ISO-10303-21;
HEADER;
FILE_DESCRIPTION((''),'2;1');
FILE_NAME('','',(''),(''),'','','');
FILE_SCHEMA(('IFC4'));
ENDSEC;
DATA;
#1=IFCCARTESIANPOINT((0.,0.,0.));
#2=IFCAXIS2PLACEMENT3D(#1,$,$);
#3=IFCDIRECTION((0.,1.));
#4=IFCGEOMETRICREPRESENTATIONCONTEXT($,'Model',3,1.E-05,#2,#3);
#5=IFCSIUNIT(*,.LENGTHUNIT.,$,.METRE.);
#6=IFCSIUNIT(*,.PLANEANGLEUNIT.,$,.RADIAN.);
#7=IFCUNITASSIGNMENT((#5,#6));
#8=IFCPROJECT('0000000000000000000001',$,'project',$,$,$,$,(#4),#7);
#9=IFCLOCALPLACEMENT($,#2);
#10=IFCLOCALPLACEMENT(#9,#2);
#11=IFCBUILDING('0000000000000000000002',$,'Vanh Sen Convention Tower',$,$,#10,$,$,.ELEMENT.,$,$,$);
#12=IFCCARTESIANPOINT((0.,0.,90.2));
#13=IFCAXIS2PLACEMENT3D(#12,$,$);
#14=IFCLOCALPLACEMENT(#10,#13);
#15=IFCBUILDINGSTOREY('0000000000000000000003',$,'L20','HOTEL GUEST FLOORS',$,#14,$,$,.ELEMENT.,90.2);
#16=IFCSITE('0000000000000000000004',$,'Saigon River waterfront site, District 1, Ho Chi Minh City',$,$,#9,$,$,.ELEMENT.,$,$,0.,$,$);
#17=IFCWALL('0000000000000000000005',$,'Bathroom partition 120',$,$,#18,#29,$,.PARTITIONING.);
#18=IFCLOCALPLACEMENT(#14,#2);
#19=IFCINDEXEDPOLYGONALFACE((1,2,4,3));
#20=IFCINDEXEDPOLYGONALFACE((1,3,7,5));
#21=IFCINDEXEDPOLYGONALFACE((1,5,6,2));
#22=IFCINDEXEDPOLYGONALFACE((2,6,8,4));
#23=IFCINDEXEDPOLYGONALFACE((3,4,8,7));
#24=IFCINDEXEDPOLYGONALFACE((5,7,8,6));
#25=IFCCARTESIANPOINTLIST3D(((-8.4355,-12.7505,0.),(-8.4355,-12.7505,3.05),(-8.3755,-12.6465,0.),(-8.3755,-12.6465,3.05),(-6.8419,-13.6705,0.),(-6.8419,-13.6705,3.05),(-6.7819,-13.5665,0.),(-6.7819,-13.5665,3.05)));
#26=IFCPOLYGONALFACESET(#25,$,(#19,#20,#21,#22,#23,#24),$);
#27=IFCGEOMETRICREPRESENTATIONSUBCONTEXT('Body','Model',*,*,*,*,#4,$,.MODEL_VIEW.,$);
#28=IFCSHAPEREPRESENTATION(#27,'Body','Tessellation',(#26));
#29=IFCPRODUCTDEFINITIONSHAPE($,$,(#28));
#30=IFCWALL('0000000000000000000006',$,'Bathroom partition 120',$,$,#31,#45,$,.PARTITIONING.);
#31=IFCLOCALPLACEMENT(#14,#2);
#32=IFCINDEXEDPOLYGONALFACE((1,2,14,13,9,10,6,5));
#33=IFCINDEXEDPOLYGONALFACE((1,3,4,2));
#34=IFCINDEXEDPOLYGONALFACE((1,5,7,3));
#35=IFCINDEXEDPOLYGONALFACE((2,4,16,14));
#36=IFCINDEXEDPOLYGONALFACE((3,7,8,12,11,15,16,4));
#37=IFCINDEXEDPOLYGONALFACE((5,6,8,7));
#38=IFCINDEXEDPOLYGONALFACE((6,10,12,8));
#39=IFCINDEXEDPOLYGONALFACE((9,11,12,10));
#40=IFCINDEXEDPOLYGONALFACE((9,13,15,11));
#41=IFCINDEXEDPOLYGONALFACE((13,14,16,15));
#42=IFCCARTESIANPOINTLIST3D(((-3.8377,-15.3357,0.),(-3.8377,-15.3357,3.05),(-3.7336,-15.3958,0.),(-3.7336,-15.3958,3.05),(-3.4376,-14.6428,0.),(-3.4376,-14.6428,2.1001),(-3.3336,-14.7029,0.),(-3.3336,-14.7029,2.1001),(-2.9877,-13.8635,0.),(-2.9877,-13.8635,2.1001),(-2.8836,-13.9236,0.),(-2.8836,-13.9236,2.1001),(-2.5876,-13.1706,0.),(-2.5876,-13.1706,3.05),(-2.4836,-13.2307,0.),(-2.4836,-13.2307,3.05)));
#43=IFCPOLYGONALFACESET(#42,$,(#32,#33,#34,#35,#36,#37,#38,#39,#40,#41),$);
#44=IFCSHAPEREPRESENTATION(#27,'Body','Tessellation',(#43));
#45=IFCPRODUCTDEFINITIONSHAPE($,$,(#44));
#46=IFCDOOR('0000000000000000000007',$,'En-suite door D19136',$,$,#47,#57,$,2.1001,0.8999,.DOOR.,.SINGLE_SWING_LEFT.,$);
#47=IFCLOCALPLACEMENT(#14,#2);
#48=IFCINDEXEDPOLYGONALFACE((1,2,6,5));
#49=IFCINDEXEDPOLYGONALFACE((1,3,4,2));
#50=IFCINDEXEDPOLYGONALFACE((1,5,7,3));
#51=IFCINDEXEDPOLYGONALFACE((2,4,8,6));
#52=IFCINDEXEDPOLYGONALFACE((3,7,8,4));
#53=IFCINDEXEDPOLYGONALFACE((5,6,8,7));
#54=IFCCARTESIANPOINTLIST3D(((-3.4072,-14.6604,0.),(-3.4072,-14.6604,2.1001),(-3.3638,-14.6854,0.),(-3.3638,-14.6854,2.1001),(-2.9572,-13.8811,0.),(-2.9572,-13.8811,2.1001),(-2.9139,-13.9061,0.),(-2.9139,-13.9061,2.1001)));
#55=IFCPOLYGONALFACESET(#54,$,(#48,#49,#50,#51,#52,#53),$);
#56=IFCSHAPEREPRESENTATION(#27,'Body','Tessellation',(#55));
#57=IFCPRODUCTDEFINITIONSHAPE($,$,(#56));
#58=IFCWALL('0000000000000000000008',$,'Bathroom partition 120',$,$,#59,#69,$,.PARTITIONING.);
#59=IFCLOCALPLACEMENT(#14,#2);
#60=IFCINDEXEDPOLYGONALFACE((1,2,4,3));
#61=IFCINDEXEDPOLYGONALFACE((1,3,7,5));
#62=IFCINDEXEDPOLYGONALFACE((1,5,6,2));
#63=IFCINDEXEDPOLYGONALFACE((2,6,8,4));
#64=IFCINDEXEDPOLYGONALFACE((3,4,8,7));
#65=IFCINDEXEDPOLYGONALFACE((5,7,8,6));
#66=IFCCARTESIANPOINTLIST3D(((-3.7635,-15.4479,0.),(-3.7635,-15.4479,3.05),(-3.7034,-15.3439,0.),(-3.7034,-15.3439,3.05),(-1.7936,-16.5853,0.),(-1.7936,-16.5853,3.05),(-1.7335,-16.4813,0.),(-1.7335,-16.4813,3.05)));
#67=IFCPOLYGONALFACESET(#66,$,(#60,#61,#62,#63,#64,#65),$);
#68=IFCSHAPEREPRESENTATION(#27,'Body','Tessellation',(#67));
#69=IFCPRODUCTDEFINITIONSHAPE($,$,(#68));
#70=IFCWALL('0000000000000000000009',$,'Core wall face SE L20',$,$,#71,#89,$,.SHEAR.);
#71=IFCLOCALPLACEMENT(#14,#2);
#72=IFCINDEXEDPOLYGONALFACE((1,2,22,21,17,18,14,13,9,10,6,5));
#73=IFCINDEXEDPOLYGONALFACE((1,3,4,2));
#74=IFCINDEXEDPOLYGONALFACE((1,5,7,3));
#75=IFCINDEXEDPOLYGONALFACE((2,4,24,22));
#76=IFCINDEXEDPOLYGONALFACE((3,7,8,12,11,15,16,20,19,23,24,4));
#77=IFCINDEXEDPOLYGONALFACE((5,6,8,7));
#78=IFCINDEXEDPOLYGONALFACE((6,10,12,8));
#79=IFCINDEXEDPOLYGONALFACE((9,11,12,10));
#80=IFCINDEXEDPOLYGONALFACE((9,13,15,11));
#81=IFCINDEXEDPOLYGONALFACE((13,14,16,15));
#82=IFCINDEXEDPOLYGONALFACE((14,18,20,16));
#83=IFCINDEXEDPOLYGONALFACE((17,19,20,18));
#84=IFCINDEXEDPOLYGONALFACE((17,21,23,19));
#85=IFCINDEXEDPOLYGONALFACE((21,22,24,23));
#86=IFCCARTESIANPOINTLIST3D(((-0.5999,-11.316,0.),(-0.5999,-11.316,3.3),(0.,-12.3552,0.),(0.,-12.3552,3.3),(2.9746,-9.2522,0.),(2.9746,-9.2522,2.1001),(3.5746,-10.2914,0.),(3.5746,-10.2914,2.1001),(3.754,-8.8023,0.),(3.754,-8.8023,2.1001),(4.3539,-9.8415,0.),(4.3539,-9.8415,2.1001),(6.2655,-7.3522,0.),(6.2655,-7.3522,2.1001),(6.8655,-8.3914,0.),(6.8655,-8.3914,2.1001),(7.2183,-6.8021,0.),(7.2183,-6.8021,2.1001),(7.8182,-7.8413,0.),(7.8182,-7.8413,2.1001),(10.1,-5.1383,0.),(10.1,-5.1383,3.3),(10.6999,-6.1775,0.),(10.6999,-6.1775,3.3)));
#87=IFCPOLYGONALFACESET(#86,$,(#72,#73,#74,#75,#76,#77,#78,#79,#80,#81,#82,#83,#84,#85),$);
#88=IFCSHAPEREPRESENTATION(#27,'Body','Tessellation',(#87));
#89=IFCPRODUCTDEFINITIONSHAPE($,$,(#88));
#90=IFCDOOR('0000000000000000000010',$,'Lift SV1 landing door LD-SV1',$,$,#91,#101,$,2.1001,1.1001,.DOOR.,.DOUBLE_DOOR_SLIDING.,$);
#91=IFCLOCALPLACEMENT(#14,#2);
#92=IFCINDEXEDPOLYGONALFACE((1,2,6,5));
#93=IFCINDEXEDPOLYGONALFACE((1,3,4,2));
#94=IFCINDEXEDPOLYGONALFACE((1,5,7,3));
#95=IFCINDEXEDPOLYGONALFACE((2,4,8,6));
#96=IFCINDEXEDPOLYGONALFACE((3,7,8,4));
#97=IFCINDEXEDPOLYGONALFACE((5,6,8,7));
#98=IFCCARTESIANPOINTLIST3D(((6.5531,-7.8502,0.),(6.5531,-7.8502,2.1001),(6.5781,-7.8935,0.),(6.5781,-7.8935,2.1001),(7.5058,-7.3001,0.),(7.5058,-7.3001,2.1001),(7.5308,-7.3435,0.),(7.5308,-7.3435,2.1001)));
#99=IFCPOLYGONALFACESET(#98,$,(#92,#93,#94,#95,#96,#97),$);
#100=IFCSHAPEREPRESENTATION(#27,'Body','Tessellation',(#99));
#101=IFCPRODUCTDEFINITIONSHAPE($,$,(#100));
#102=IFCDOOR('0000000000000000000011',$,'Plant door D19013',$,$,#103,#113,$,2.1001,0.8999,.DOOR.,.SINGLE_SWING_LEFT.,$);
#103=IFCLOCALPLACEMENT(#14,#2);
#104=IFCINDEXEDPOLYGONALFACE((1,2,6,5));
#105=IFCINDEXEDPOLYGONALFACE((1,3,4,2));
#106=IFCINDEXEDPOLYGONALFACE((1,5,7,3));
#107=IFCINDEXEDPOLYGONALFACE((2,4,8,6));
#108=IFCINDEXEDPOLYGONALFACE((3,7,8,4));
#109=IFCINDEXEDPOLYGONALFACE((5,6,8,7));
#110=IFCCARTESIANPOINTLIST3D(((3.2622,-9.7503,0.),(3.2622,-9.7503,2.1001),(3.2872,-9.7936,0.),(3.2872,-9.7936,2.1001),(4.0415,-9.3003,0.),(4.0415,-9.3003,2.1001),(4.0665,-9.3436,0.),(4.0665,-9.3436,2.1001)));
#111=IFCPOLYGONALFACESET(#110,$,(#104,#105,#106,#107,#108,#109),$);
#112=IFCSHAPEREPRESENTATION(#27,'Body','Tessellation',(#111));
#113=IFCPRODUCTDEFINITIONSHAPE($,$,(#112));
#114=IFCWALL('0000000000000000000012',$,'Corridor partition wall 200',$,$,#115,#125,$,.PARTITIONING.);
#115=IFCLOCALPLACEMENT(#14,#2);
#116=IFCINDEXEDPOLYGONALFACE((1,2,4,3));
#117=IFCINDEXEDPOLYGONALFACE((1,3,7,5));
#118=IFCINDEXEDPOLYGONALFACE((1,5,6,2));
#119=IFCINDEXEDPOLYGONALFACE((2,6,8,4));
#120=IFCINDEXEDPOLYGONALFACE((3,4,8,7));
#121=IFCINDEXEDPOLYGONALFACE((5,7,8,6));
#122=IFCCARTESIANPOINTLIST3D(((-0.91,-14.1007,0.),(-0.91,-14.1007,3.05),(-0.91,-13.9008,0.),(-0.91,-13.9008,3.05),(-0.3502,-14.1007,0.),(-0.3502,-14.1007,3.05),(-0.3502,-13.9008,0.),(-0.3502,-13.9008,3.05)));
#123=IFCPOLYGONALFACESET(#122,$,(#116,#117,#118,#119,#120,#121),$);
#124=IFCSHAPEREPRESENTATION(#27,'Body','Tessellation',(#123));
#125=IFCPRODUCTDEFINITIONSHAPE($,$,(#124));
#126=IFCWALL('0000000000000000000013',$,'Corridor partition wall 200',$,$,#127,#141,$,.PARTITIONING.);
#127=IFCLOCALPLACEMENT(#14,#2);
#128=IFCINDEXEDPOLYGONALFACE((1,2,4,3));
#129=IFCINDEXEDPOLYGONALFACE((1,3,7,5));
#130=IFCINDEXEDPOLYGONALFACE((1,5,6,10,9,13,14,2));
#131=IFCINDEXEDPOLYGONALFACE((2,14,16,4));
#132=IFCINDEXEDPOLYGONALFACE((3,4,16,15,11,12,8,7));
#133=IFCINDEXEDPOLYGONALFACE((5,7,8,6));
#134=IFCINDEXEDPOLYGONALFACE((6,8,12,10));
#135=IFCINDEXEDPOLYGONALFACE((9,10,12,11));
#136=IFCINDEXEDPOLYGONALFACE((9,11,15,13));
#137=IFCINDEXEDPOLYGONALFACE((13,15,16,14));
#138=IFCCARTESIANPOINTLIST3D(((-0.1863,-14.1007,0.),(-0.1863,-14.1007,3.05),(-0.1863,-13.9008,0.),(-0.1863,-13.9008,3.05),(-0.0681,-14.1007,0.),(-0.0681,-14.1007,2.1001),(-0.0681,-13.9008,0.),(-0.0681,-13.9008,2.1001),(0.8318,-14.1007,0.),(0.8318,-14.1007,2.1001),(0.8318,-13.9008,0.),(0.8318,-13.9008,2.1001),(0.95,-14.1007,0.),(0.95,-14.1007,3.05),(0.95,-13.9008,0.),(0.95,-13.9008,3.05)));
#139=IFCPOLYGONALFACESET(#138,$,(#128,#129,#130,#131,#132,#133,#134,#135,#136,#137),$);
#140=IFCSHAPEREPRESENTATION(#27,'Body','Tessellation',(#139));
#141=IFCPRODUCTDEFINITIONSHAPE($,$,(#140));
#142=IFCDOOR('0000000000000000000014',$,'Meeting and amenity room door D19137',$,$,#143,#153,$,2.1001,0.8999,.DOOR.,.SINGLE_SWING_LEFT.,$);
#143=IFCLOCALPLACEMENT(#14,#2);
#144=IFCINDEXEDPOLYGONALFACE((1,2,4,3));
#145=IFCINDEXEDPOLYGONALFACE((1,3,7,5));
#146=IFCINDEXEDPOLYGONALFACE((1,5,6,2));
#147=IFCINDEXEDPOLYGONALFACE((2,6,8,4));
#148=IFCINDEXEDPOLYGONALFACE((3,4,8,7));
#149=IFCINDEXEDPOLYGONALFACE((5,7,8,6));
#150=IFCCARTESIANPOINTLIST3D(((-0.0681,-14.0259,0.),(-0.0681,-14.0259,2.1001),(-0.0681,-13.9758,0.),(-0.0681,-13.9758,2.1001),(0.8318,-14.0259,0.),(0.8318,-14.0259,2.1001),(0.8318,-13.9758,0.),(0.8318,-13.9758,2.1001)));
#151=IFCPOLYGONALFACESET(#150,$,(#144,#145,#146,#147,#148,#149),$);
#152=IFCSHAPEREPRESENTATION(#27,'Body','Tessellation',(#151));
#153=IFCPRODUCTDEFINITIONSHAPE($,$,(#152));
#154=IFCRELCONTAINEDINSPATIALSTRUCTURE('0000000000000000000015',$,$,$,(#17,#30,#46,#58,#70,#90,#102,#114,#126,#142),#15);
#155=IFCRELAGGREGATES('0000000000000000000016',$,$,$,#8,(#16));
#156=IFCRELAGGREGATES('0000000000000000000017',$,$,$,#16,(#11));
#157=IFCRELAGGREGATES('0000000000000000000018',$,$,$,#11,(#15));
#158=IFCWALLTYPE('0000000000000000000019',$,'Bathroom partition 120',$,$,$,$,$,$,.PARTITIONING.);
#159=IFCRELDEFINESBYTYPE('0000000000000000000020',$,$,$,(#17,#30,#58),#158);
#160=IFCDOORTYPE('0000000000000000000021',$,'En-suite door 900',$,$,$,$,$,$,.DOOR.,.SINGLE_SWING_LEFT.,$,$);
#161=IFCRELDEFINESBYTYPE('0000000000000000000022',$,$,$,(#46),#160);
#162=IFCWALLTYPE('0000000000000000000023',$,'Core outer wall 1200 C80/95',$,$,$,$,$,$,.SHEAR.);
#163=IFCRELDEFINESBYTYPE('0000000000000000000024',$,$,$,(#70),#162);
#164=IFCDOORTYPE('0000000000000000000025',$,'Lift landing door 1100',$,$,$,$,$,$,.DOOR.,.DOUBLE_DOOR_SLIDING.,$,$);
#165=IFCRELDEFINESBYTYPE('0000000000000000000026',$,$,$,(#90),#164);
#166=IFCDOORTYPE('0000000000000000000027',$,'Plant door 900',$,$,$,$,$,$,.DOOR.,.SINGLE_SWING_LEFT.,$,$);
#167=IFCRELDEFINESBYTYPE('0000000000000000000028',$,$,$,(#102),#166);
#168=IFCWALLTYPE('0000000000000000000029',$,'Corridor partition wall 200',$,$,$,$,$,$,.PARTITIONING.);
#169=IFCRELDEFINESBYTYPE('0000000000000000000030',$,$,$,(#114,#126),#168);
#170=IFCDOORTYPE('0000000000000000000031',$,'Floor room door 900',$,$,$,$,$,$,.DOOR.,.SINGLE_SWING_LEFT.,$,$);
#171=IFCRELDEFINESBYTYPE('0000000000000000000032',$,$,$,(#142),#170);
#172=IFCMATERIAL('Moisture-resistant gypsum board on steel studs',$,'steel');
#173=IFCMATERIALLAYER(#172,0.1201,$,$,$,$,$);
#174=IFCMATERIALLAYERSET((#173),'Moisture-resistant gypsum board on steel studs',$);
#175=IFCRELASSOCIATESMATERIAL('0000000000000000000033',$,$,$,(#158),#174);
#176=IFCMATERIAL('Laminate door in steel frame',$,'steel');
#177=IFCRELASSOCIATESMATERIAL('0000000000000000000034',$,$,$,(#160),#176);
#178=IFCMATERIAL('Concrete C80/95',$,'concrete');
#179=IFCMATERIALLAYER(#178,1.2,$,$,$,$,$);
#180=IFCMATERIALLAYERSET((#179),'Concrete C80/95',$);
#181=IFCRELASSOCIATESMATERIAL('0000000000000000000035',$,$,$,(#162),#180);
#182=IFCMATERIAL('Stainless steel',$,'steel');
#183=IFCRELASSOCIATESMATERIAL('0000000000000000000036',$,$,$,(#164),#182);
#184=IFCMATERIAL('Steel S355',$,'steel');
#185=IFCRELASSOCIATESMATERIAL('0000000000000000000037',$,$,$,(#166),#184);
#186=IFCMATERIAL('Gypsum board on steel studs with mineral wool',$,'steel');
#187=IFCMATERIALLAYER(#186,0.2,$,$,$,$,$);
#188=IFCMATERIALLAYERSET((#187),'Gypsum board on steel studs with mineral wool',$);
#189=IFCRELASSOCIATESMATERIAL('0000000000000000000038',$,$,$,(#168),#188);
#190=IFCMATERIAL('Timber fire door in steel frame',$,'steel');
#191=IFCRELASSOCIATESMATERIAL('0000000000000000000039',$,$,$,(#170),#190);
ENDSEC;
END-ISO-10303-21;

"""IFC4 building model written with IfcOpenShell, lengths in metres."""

from ifc_helpers import new_model, si_unit, direction, frame, frame_2d, origin, place, context, subcontext, project, spatial, rectangle, extrude, material, layer, layer_set, type_object, element, fill, save


model = new_model("IFC4")

# Units and contexts
model_context = context("Model", 3, precision=1e-05, world=origin(), true_north=direction((0.0, 1.0)))
body_context = subcontext(model_context, "Body", "Model", "MODEL_VIEW")
ifc_project = project(units=[si_unit("LENGTHUNIT", "METRE"), si_unit("PLANEANGLEUNIT", "RADIAN")], contexts=[model_context])

# Site, building, storey
site_placement = place(None, origin())
site = spatial("IfcSite", under=ifc_project, at=site_placement, Name="Saigon River waterfront site, District 1, Ho Chi Minh City", CompositionType="ELEMENT", RefElevation=0.0)
building_placement = place(site_placement, origin())
building = spatial("IfcBuilding", under=site, at=building_placement, Name="Vanh Sen Convention Tower", CompositionType="ELEMENT")
storey_placement = place(building_placement, frame((0.0, 0.0, 90.2)))
storey = spatial("IfcBuildingStorey", under=building, at=storey_placement, Name="L20", Description="HOTEL GUEST FLOORS", CompositionType="ELEMENT", Elevation=90.2)

# Shared definitions
ifc_material_1 = material(Name="Concrete C80/95", Category="concrete")

# Wall
ifc_material_2 = material(Name="Moisture-resistant gypsum board on steel studs", Category="steel")
ifc_layer_1 = layer(ifc_material_2, 0.1201)
ifc_layer_set_1 = layer_set([ifc_layer_1], Name="Moisture-resistant gypsum board on steel studs")
wall_type_1 = type_object("IfcWallType", Name="Bathroom partition 120", PredefinedType="PARTITIONING", material=ifc_layer_set_1)
for number, where, z_axis, x_axis, name in (
    (1, (-6.812, -13.6184, 0.0), (0.0, 0.0, 1.0), (-0.866046, 0.499964, 0.0), "Bathroom partition 120"),
):
    element("IfcWall", number, at=place(storey_placement, frame(where, z_axis=z_axis, x_axis=x_axis)), inside=storey, type_object=wall_type_1, Name=name, PredefinedType="PARTITIONING", context=body_context, shape_type="SweptSolid", body=[
        extrude(rectangle(XDim=1.8401, YDim=0.1201, at=frame_2d((0.9199, 0.0))), origin(), (0.0, 0.0, 1.0), 3.05),
    ])

# Wall, opening, door
wall_1_placement = place(storey_placement, frame((-3.7856, -15.3657, 0.0), z_axis=(0.0, 0.0, 1.0), x_axis=(0.500004, 0.866023, 0.0)))
wall_1 = element("IfcWall", 2, at=wall_1_placement, inside=storey, type_object=wall_type_1, Name="Bathroom partition 120", PredefinedType="PARTITIONING", context=body_context, shape_type="SweptSolid", body=[
    extrude(rectangle(XDim=2.5, YDim=0.1201, at=frame_2d((1.25, 0.0))), origin(), (0.0, 0.0, 1.0), 3.05),
])
opening_1_placement = place(wall_1_placement, frame((0.8, 0.0, 0.0)))
opening_1 = element("IfcOpeningElement", 3, at=opening_1_placement, cuts=wall_1, PredefinedType="OPENING", context=body_context, shape_type="SweptSolid", body=[
    extrude(rectangle(XDim=0.8999, YDim=2.1001, at=frame_2d((0.45, 1.05))), frame((0.0, 0.0701, 0.0), z_axis=(0.0, -1.0, 0.0), x_axis=(1.0, 0.0, 0.0)), (0.0, 0.0, 1.0), 0.1401),
])
ifc_material_3 = material(Name="Laminate door in steel frame", Category="steel")
door_type_1 = type_object("IfcDoorType", Name="En-suite door 900", OperationType="SINGLE_SWING_LEFT", PredefinedType="DOOR", material=ifc_material_3)
door_1_placement = place(opening_1_placement, origin())
door_1 = element("IfcDoor", 4, at=door_1_placement, inside=storey, type_object=door_type_1, Name="En-suite door D19136", OperationType="SINGLE_SWING_LEFT", OverallHeight=2.1001, OverallWidth=0.8999, PredefinedType="DOOR", context=body_context, shape_type="SweptSolid", body=[
    extrude(rectangle(XDim=0.8999, YDim=2.1001, at=frame_2d((0.45, 1.05))), frame((0.0, 0.0249, 0.0), z_axis=(0.0, -1.0, 0.0), x_axis=(1.0, 0.0, 0.0)), (0.0, 0.0, 1.0), 0.05),
])
fill(opening_1, door_1)

# Wall
wall_2_placement = place(storey_placement, frame((-1.7637, -16.5332, 0.0), z_axis=(0.0, 0.0, 1.0), x_axis=(-0.866009, 0.500029, 0.0)))
element("IfcWall", 5, at=wall_2_placement, inside=storey, type_object=wall_type_1, Name="Bathroom partition 120", PredefinedType="PARTITIONING", context=body_context, shape_type="SweptSolid", body=[
    extrude(rectangle(XDim=2.2747, YDim=0.1201, at=frame_2d((1.1372, 0.0))), origin(), (0.0, 0.0, 1.0), 3.05),
])

# Wall, openings, doors
ifc_layer_2 = layer(ifc_material_1, 1.2)
ifc_layer_set_2 = layer_set([ifc_layer_2], Name="Concrete C80/95")
wall_type_2 = type_object("IfcWallType", Name="Core outer wall 1200 C80/95", PredefinedType="SHEAR", material=ifc_layer_set_2)
wall_3_placement = place(storey_placement, frame((-0.3, -11.8357, 0.0), z_axis=(0.0, 0.0, 1.0), x_axis=(0.866021, 0.500007, 0.0)))
wall_3 = element("IfcWall", 6, at=wall_3_placement, inside=storey, type_object=wall_type_2, Name="Core wall face SE L20", PredefinedType="SHEAR", context=body_context, shape_type="SweptSolid", body=[
    extrude(rectangle(XDim=12.3552, YDim=1.2, at=frame_2d((6.1777, 0.0))), origin(), (0.0, 0.0, 1.0), 3.3),
])
opening_2_placement = place(wall_3_placement, frame((4.1277, 0.0, 0.0)))
opening_2 = element("IfcOpeningElement", 7, at=opening_2_placement, cuts=wall_3, PredefinedType="OPENING", context=body_context, shape_type="SweptSolid", body=[
    extrude(rectangle(XDim=0.8999, YDim=2.1001, at=frame_2d((0.45, 1.05))), frame((0.0, 0.6099, 0.0), z_axis=(0.0, -1.0, 0.0), x_axis=(1.0, 0.0, 0.0)), (0.0, 0.0, 1.0), 1.22),
])
opening_3_placement = place(wall_3_placement, frame((7.9277, 0.0, 0.0)))
opening_3 = element("IfcOpeningElement", 8, at=opening_3_placement, cuts=wall_3, PredefinedType="OPENING", context=body_context, shape_type="SweptSolid", body=[
    extrude(rectangle(XDim=1.1001, YDim=2.1001, at=frame_2d((0.55, 1.05))), frame((0.0, 0.6099, 0.0), z_axis=(0.0, -1.0, 0.0), x_axis=(1.0, 0.0, 0.0)), (0.0, 0.0, 1.0), 1.22),
])
ifc_material_4 = material(Name="Stainless steel", Category="steel")
door_type_2 = type_object("IfcDoorType", Name="Lift landing door 1100", OperationType="DOUBLE_DOOR_SLIDING", PredefinedType="DOOR", material=ifc_material_4)
door_2_placement = place(opening_3_placement, origin())
door_2 = element("IfcDoor", 9, at=door_2_placement, inside=storey, type_object=door_type_2, Name="Lift SV1 landing door LD-SV1", OperationType="DOUBLE_DOOR_SLIDING", OverallHeight=2.1001, OverallWidth=1.1001, PredefinedType="DOOR", context=body_context, shape_type="SweptSolid", body=[
    extrude(rectangle(XDim=1.1001, YDim=2.1001, at=frame_2d((0.55, 1.05))), frame((0.0, 0.0249, 0.0), z_axis=(0.0, -1.0, 0.0), x_axis=(1.0, 0.0, 0.0)), (0.0, 0.0, 1.0), 0.05),
])
fill(opening_3, door_2)
ifc_material_5 = material(Name="Steel S355", Category="steel")
door_type_3 = type_object("IfcDoorType", Name="Plant door 900", OperationType="SINGLE_SWING_LEFT", PredefinedType="DOOR", material=ifc_material_5)
door_3_placement = place(opening_2_placement, origin())
door_3 = element("IfcDoor", 10, at=door_3_placement, inside=storey, type_object=door_type_3, Name="Plant door D19013", OperationType="SINGLE_SWING_LEFT", OverallHeight=2.1001, OverallWidth=0.8999, PredefinedType="DOOR", context=body_context, shape_type="SweptSolid", body=[
    extrude(rectangle(XDim=0.8999, YDim=2.1001, at=frame_2d((0.45, 1.05))), frame((0.0, 0.0249, 0.0), z_axis=(0.0, -1.0, 0.0), x_axis=(1.0, 0.0, 0.0)), (0.0, 0.0, 1.0), 0.05),
])
fill(opening_2, door_3)

# Wall
ifc_material_6 = material(Name="Gypsum board on steel studs with mineral wool", Category="steel")
ifc_layer_3 = layer(ifc_material_6, 0.2)
ifc_layer_set_3 = layer_set([ifc_layer_3], Name="Gypsum board on steel studs with mineral wool")
wall_type_3 = type_object("IfcWallType", Name="Corridor partition wall 200", PredefinedType="PARTITIONING", material=ifc_layer_set_3)
wall_4_placement = place(storey_placement, frame((-0.9099, -14.0007, 0.0), z_axis=(0.0, 0.0, 1.0), x_axis=(1.0, 0.0, 0.0)))
element("IfcWall", 11, at=wall_4_placement, inside=storey, type_object=wall_type_3, Name="Corridor partition wall 200", PredefinedType="PARTITIONING", context=body_context, shape_type="SweptSolid", body=[
    extrude(rectangle(XDim=0.5598, YDim=0.2, at=frame_2d((0.2798, 0.0))), origin(), (0.0, 0.0, 1.0), 3.05),
])

# Wall, opening, door
wall_5_placement = place(storey_placement, frame((-0.1863, -14.0007, 0.0), z_axis=(0.0, 0.0, 1.0), x_axis=(1.0, 0.0, 0.0)))
wall_5 = element("IfcWall", 12, at=wall_5_placement, inside=storey, type_object=wall_type_3, Name="Corridor partition wall 200", PredefinedType="PARTITIONING", context=body_context, shape_type="SweptSolid", body=[
    extrude(rectangle(XDim=1.1362, YDim=0.2, at=frame_2d((0.5681, 0.0))), origin(), (0.0, 0.0, 1.0), 3.05),
])
opening_4_placement = place(wall_5_placement, frame((0.1182, 0.0, 0.0)))
opening_4 = element("IfcOpeningElement", 13, at=opening_4_placement, cuts=wall_5, PredefinedType="OPENING", context=body_context, shape_type="SweptSolid", body=[
    extrude(rectangle(XDim=0.8999, YDim=2.1001, at=frame_2d((0.45, 1.05))), frame((0.0, 0.1099, 0.0), z_axis=(0.0, -1.0, 0.0), x_axis=(1.0, 0.0, 0.0)), (0.0, 0.0, 1.0), 0.22),
])
ifc_material_7 = material(Name="Timber fire door in steel frame", Category="steel")
door_type_4 = type_object("IfcDoorType", Name="Floor room door 900", OperationType="SINGLE_SWING_LEFT", PredefinedType="DOOR", material=ifc_material_7)
door_4_placement = place(opening_4_placement, origin())
door_4 = element("IfcDoor", 14, at=door_4_placement, inside=storey, type_object=door_type_4, Name="Meeting and amenity room door D19137", OperationType="SINGLE_SWING_LEFT", OverallHeight=2.1001, OverallWidth=0.8999, PredefinedType="DOOR", context=body_context, shape_type="SweptSolid", body=[
    extrude(rectangle(XDim=0.8999, YDim=2.1001, at=frame_2d((0.45, 1.05))), frame((0.0, 0.0249, 0.0), z_axis=(0.0, -1.0, 0.0), x_axis=(1.0, 0.0, 0.0)), (0.0, 0.0, 1.0), 0.05),
])
fill(opening_4, door_4)

save(model, "model.ifc")
